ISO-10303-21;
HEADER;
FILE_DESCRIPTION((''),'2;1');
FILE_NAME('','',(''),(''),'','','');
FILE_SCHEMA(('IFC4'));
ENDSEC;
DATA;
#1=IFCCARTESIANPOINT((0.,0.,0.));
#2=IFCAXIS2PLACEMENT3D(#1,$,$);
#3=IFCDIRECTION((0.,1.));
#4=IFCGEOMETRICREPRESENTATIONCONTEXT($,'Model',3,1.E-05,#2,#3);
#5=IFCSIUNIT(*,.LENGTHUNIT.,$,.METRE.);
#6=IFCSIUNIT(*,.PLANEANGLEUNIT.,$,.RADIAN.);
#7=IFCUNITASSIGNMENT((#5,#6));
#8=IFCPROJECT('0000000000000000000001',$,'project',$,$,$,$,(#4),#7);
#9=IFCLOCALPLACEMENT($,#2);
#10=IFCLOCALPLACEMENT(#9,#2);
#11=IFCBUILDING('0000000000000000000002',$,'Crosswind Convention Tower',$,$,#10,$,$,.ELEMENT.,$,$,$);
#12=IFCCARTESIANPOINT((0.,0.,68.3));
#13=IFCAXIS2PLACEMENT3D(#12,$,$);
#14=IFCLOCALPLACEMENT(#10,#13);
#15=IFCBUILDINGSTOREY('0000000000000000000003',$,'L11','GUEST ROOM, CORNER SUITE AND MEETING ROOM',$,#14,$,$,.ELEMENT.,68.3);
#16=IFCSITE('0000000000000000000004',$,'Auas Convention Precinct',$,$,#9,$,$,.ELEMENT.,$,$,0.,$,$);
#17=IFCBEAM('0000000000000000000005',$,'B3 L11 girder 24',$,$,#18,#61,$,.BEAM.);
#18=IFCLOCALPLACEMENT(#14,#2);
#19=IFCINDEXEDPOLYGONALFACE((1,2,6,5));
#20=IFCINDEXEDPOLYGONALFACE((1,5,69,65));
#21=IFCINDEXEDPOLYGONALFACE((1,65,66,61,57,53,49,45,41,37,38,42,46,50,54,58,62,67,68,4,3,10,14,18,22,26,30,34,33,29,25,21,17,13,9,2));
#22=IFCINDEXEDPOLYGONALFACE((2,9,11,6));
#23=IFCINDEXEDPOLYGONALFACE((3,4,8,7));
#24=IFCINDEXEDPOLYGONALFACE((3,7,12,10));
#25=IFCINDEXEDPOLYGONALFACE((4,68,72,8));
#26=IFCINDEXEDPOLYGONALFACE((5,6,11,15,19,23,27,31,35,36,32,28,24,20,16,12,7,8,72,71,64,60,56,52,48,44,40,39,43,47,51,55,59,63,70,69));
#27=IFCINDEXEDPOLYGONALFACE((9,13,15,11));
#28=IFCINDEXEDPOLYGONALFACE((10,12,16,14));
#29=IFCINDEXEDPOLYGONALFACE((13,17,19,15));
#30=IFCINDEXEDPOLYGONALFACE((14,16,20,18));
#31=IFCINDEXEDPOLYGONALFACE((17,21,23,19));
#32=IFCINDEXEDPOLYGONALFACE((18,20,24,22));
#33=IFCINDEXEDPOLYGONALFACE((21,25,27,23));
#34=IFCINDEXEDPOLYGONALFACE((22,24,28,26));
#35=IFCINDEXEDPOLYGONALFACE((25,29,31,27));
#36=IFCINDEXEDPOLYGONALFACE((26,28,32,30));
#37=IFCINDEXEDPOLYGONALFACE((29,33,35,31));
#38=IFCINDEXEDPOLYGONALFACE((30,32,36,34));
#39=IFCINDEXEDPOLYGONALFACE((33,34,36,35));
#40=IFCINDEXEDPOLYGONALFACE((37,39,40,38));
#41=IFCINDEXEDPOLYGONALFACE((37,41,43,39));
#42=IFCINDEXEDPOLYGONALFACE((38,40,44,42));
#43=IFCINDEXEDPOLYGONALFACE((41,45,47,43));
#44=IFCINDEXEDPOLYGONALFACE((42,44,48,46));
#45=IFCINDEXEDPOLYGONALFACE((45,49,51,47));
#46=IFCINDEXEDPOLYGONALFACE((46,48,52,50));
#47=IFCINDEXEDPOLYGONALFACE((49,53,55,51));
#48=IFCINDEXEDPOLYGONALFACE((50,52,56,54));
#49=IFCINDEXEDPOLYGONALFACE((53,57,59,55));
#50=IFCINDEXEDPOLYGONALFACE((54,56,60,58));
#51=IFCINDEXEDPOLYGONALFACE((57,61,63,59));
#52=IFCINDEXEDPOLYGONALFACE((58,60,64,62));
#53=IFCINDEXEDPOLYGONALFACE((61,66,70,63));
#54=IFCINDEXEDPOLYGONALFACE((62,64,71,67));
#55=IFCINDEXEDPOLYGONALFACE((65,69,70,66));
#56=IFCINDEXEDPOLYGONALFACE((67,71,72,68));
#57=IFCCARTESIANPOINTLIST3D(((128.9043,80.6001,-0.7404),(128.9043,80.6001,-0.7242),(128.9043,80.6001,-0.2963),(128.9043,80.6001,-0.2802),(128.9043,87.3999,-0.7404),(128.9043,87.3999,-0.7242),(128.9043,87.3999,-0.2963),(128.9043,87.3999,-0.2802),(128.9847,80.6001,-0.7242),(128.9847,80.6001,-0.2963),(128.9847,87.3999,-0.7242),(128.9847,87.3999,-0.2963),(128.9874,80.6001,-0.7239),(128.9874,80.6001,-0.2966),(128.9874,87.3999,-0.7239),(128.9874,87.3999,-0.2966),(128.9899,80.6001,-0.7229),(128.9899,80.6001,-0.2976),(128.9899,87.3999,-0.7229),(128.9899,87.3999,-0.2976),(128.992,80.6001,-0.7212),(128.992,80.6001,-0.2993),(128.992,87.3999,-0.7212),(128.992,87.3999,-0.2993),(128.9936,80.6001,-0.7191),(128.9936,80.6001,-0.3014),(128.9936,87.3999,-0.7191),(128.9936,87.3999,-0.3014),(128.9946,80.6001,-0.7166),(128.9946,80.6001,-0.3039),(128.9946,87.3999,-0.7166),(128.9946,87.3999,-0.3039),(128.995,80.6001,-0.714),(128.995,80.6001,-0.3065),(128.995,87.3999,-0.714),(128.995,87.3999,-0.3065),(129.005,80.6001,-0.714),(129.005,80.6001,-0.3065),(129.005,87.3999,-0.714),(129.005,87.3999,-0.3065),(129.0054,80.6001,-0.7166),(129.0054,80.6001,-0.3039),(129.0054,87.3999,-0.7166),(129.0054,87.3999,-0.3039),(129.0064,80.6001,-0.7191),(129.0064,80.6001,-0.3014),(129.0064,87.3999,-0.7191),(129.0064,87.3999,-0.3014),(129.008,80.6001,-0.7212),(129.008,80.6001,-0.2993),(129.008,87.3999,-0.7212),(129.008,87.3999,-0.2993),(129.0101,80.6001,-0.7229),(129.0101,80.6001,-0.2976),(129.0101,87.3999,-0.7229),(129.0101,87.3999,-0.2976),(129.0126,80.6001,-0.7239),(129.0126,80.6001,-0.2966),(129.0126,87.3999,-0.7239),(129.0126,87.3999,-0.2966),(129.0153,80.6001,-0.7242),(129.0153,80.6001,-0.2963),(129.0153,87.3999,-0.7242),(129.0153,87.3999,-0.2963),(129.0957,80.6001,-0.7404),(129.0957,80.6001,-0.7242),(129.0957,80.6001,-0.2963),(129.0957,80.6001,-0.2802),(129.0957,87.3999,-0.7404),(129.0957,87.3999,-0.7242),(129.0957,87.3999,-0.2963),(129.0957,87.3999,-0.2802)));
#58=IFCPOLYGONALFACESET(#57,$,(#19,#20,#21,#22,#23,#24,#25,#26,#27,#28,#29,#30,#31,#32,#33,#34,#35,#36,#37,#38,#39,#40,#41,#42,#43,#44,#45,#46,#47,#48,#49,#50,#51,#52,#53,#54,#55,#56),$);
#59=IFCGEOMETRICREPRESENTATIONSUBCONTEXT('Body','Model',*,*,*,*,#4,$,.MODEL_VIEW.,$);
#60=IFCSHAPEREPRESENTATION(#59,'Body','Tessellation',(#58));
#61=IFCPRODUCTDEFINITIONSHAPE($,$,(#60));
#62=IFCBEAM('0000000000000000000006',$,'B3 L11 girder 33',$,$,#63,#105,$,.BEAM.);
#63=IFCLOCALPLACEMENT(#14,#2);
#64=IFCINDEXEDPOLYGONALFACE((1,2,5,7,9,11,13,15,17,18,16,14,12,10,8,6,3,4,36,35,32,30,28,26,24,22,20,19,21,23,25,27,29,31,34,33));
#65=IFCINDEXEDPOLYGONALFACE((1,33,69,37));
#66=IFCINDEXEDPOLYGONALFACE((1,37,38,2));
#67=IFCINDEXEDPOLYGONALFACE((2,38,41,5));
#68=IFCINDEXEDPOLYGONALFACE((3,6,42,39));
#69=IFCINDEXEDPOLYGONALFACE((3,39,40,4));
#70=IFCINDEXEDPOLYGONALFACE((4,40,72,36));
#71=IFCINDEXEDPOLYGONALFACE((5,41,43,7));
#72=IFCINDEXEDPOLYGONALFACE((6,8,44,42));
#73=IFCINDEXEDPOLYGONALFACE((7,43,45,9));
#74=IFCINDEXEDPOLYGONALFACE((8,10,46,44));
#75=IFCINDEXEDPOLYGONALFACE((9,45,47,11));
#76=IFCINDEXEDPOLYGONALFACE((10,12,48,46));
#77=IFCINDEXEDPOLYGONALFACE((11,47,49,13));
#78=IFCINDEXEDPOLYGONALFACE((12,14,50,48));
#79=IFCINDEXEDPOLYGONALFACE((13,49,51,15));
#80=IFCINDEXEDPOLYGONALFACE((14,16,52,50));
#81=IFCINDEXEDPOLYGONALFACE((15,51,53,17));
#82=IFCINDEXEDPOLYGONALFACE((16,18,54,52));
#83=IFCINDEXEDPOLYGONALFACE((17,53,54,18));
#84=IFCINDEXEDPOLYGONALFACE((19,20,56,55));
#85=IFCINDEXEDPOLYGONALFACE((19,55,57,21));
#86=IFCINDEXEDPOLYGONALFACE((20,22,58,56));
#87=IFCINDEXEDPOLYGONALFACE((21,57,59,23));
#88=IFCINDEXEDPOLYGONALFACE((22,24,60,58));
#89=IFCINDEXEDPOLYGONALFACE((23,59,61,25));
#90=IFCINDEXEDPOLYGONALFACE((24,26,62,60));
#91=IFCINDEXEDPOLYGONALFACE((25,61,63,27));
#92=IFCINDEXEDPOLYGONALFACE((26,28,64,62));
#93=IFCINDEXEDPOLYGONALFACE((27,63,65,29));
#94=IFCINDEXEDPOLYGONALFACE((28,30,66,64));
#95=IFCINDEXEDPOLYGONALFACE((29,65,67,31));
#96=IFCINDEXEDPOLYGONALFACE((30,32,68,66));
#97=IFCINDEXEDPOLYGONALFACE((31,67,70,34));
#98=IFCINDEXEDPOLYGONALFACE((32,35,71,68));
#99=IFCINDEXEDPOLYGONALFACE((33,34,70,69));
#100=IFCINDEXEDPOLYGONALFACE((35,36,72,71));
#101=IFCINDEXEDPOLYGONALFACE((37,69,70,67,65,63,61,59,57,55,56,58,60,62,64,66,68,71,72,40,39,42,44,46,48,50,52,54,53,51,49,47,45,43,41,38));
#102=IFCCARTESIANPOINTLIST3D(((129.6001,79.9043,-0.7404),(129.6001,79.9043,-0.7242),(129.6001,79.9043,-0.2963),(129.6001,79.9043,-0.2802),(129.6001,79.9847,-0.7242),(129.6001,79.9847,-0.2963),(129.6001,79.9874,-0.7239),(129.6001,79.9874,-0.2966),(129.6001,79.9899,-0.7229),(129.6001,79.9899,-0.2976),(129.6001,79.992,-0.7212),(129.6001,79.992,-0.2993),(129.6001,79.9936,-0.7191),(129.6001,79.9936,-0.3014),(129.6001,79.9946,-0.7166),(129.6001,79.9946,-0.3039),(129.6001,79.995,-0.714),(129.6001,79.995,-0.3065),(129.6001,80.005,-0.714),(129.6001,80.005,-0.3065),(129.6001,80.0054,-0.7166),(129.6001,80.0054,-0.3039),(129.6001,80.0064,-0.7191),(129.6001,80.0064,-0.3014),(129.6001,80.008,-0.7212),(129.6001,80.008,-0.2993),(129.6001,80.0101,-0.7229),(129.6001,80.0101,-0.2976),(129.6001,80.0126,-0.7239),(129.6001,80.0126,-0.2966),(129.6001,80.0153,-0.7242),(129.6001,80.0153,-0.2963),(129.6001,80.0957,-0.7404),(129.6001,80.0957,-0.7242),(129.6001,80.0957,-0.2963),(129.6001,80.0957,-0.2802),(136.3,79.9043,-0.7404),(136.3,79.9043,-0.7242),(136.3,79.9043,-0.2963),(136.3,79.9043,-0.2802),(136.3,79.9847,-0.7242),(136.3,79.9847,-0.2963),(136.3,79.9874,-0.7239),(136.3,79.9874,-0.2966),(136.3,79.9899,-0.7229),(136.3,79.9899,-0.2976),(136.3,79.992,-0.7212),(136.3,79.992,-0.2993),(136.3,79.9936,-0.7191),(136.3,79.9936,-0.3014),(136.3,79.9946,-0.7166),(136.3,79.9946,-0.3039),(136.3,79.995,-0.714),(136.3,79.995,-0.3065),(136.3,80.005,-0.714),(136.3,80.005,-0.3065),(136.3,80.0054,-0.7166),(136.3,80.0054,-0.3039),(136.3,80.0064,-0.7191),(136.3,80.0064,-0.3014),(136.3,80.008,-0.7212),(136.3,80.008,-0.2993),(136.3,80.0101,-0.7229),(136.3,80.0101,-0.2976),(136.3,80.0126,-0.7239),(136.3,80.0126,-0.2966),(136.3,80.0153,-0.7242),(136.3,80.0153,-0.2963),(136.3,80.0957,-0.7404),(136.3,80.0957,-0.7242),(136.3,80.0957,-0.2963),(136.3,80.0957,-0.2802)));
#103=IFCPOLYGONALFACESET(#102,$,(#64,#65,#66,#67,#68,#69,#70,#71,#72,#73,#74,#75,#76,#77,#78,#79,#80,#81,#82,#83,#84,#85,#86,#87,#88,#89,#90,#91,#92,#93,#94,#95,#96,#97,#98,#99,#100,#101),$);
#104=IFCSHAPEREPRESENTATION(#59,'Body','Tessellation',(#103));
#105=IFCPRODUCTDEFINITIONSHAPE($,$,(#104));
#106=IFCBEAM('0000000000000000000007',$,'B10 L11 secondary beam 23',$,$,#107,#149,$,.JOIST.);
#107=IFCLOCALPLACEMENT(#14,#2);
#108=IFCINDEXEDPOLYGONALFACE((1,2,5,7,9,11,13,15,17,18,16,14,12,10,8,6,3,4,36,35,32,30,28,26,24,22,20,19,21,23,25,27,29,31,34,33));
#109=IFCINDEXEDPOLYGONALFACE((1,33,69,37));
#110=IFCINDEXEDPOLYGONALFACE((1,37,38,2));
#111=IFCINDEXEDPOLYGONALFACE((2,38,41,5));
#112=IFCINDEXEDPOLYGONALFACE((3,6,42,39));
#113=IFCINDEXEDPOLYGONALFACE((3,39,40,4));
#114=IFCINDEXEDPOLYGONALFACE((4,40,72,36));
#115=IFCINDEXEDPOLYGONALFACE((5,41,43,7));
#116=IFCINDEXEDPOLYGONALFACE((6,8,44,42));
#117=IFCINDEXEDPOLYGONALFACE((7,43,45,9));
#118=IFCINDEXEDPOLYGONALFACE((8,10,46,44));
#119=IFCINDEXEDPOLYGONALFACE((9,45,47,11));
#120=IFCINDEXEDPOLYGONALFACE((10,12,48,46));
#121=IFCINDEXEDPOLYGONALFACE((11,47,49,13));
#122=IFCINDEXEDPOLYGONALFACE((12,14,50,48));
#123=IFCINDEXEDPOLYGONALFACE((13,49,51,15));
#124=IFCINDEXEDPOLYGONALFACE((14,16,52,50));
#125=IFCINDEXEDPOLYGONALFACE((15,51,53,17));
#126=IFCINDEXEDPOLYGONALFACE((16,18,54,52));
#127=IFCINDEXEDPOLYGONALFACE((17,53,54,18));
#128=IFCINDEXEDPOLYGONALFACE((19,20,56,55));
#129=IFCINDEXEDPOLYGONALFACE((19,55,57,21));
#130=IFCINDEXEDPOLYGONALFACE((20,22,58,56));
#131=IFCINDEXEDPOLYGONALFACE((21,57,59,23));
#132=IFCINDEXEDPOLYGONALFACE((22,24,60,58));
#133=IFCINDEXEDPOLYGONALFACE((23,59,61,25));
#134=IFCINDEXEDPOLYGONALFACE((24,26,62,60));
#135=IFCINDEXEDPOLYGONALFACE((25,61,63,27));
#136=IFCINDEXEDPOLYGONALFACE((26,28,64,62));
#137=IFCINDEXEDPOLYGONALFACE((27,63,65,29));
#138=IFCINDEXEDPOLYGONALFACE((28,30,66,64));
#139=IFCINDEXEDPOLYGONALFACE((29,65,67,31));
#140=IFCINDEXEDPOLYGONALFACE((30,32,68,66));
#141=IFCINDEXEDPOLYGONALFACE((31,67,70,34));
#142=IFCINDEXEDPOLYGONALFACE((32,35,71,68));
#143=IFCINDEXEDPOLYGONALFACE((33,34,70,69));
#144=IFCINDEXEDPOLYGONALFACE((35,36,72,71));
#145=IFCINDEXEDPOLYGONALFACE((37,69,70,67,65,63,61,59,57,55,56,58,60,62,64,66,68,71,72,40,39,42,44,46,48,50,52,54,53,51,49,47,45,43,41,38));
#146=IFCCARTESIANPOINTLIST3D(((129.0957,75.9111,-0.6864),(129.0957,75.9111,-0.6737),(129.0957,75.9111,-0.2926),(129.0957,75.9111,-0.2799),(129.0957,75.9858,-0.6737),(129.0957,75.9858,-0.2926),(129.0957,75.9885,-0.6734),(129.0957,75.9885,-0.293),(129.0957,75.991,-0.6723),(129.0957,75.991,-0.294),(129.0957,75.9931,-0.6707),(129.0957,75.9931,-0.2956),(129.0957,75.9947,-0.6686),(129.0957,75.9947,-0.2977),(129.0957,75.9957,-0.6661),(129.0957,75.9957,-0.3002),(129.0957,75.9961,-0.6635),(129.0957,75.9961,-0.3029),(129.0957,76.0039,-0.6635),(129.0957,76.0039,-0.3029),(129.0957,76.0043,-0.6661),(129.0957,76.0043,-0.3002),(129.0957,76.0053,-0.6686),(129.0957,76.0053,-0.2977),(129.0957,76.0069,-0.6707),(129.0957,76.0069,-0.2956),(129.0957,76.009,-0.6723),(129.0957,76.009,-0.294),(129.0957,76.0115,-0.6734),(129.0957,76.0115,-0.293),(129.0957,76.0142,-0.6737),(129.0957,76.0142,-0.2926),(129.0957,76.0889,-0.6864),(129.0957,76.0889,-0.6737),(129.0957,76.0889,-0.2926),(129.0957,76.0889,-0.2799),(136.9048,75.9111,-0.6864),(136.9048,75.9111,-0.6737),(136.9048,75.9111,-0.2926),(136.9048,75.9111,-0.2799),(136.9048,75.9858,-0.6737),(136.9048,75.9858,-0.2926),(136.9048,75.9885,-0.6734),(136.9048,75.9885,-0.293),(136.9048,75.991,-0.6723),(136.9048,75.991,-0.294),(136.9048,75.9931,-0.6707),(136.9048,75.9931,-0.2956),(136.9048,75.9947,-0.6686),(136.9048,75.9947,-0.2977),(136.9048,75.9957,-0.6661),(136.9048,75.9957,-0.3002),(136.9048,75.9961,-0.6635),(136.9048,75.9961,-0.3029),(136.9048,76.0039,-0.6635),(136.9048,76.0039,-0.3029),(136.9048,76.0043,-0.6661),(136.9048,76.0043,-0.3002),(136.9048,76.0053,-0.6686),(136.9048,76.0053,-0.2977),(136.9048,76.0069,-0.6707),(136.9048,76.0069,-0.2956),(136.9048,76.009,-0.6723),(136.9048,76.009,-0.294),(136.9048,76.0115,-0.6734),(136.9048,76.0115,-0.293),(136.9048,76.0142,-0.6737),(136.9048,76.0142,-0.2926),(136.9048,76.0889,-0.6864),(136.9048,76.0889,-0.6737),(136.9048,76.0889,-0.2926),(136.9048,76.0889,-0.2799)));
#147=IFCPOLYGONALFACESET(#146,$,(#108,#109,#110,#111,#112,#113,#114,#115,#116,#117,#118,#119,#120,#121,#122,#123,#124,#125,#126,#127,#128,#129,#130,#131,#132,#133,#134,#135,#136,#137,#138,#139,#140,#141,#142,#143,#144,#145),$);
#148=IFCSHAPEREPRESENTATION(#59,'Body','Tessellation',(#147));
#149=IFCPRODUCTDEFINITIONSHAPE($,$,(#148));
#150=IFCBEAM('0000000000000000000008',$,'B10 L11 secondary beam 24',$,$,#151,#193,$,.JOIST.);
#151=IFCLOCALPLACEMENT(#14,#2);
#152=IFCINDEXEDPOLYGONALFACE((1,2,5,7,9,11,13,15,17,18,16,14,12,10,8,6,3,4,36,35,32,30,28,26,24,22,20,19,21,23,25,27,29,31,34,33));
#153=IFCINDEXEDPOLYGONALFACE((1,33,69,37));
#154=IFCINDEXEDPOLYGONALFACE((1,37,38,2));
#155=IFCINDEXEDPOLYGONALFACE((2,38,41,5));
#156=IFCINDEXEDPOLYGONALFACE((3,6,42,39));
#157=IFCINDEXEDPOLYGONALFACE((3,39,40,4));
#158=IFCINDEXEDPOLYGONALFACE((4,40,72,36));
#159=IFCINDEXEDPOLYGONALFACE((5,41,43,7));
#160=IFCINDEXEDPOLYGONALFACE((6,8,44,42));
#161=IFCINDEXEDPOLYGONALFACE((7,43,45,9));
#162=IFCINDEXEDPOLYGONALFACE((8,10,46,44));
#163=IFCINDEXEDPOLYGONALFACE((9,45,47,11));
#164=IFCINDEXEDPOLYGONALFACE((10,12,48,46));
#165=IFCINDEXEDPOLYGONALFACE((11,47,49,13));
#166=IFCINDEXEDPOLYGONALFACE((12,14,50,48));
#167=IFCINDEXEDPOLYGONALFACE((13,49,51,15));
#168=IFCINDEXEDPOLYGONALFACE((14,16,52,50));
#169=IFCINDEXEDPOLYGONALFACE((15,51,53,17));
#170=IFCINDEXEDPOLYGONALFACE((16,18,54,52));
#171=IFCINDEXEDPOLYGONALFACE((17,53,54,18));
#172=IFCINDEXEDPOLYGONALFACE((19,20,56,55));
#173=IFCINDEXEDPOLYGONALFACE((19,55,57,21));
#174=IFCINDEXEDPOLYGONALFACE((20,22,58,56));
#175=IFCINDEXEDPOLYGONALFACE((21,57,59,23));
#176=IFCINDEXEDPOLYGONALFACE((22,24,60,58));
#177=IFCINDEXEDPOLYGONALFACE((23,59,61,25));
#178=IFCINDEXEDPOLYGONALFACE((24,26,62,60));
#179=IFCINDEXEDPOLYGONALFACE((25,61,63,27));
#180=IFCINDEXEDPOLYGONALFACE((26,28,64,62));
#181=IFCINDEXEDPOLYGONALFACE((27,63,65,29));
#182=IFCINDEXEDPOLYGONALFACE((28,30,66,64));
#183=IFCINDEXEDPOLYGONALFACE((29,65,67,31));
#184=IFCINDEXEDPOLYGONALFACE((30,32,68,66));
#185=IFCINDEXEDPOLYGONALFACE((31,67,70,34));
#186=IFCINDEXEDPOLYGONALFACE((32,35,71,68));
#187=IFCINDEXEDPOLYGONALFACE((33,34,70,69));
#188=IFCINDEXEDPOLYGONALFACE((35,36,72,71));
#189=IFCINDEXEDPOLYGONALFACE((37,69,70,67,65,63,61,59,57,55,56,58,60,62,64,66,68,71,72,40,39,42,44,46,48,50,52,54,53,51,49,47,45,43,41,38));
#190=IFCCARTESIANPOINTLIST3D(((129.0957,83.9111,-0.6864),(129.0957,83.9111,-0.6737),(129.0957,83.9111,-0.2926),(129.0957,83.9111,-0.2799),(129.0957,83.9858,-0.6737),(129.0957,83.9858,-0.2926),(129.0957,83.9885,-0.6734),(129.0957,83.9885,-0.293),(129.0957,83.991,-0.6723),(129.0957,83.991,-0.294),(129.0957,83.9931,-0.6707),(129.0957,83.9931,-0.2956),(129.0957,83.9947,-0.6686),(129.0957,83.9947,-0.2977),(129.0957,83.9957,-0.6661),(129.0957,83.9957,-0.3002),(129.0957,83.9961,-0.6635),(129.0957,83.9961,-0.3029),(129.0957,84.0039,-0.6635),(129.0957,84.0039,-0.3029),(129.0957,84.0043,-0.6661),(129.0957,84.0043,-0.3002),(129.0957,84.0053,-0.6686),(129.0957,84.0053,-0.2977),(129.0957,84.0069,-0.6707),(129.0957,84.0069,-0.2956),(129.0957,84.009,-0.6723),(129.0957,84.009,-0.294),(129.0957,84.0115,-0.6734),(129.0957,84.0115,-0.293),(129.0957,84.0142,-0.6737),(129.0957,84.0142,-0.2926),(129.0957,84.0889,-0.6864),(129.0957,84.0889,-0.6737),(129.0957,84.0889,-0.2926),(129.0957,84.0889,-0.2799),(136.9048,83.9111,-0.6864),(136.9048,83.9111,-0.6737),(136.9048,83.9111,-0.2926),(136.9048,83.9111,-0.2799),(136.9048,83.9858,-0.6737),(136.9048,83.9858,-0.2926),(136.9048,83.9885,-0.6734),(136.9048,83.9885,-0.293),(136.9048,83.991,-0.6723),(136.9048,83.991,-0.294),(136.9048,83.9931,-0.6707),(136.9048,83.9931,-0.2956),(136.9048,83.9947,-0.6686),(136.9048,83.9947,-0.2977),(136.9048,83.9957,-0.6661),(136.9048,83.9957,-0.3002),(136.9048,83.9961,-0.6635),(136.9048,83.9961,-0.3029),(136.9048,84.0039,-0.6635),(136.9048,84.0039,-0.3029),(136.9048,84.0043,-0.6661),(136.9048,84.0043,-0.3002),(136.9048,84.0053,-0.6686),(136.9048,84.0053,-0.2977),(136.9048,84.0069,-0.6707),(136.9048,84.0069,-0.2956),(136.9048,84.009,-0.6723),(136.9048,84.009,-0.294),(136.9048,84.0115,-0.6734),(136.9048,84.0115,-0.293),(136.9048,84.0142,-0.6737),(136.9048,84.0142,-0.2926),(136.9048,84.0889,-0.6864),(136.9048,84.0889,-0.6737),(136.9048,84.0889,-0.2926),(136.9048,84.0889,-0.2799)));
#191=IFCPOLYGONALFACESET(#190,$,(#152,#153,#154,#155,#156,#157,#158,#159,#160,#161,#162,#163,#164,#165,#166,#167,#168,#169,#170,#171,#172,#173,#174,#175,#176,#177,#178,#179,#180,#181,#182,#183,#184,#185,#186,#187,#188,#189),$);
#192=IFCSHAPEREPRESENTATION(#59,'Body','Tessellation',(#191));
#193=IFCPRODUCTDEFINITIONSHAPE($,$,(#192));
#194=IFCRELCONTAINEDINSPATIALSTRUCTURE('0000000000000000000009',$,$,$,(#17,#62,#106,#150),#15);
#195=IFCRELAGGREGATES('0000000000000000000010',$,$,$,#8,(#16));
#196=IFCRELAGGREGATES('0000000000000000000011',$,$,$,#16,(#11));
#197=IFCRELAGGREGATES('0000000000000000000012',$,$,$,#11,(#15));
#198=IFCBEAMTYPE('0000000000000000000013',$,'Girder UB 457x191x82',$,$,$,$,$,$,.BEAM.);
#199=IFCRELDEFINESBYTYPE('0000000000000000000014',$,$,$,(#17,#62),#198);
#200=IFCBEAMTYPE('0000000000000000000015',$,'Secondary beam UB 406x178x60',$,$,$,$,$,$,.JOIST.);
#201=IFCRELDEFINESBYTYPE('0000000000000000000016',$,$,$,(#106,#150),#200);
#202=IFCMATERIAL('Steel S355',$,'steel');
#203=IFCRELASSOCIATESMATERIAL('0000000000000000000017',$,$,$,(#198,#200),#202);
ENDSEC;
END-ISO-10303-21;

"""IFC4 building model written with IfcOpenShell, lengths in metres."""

from ifc_helpers import new_model, si_unit, direction, frame, origin, origin_2d, place, context, subcontext, project, spatial, i_section, extrude, material, material_profile, profile_set, type_object, element, save


model = new_model("IFC4")

# Units and contexts
model_context = context("Model", 3, precision=1e-05, world=origin(), true_north=direction((0.0, 1.0)))
body_context = subcontext(model_context, "Body", "Model", "MODEL_VIEW")
ifc_project = project(units=[si_unit("LENGTHUNIT", "METRE"), si_unit("PLANEANGLEUNIT", "RADIAN")], contexts=[model_context])

# Site, building, storey
site_placement = place(None, origin())
site = spatial("IfcSite", under=ifc_project, at=site_placement, Name="Auas Convention Precinct", CompositionType="ELEMENT", RefElevation=0.0)
building_placement = place(site_placement, origin())
building = spatial("IfcBuilding", under=site, at=building_placement, Name="Crosswind Convention Tower", CompositionType="ELEMENT")
storey_placement = place(building_placement, frame((0.0, 0.0, 68.3)))
storey = spatial("IfcBuildingStorey", under=building, at=storey_placement, Name="L11", Description="GUEST ROOM, CORNER SUITE AND MEETING ROOM", CompositionType="ELEMENT", Elevation=68.3)

# Beams
ifc_material_1 = material(Name="Steel S355", Category="steel")
ifc_material_profile_1 = material_profile(ifc_material_1, i_section(OverallWidth=0.1914, OverallDepth=0.4602, WebThickness=0.01, FlangeThickness=0.0161, FilletRadius=0.0103, at=origin_2d()), Name="UB 457x191x82")
ifc_profile_set_1 = profile_set([ifc_material_profile_1], Name="Steel S355")
beam_type_1 = type_object("IfcBeamType", Name="Girder UB 457x191x82", PredefinedType="BEAM", material=ifc_profile_set_1)
for number, where, z_axis, x_axis, name in (
    (1, (129.0, 80.6001, -0.5103), (0.0, 1.0, 0.0), (-1.0, 0.0, 0.0), "B3 L11 girder 24"),
):
    element("IfcBeam", number, at=place(storey_placement, frame(where, z_axis=z_axis, x_axis=x_axis)), inside=storey, type_object=beam_type_1, Name=name, PredefinedType="BEAM", context=body_context, shape_type="SweptSolid", body=[
        extrude(i_section(OverallWidth=0.1914, OverallDepth=0.4602, WebThickness=0.01, FlangeThickness=0.0161, FilletRadius=0.0103, at=origin_2d()), origin(), (0.0, 0.0, 1.0), 6.7998),
    ])
beam_1_placement = place(storey_placement, frame((129.6001, 80.0, -0.5103), z_axis=(1.0, 0.0, 0.0), x_axis=(0.0, 1.0, 0.0)))
element("IfcBeam", 2, at=beam_1_placement, inside=storey, type_object=beam_type_1, Name="B3 L11 girder 33", PredefinedType="BEAM", context=body_context, shape_type="SweptSolid", body=[
    extrude(i_section(OverallWidth=0.1914, OverallDepth=0.4602, WebThickness=0.01, FlangeThickness=0.0161, FilletRadius=0.0103, at=origin_2d()), origin(), (0.0, 0.0, 1.0), 6.7),
])
ifc_material_profile_2 = material_profile(ifc_material_1, i_section(OverallWidth=0.1777, OverallDepth=0.4065, WebThickness=0.0078, FlangeThickness=0.0127, FilletRadius=0.0103, at=origin_2d()), Name="UB 406x178x60")
ifc_profile_set_2 = profile_set([ifc_material_profile_2], Name="Steel S355")
beam_type_2 = type_object("IfcBeamType", Name="Secondary beam UB 406x178x60", PredefinedType="JOIST", material=ifc_profile_set_2)
for number, where, z_axis, x_axis, name in (
    (3, (129.0957, 76.0, -0.4832), (1.0, 0.0, 0.0), (0.0, 1.0, 0.0), "B10 L11 secondary beam 23"),
    (4, (129.0957, 84.0, -0.4832), (1.0, 0.0, 0.0), (0.0, 1.0, 0.0), "B10 L11 secondary beam 24"),
):
    element("IfcBeam", number, at=place(storey_placement, frame(where, z_axis=z_axis, x_axis=x_axis)), inside=storey, type_object=beam_type_2, Name=name, PredefinedType="JOIST", context=body_context, shape_type="SweptSolid", body=[
        extrude(i_section(OverallWidth=0.1777, OverallDepth=0.4065, WebThickness=0.0078, FlangeThickness=0.0127, FilletRadius=0.0103, at=origin_2d()), origin(), (0.0, 0.0, 1.0), 7.8091),
    ])

save(model, "model.ifc")
